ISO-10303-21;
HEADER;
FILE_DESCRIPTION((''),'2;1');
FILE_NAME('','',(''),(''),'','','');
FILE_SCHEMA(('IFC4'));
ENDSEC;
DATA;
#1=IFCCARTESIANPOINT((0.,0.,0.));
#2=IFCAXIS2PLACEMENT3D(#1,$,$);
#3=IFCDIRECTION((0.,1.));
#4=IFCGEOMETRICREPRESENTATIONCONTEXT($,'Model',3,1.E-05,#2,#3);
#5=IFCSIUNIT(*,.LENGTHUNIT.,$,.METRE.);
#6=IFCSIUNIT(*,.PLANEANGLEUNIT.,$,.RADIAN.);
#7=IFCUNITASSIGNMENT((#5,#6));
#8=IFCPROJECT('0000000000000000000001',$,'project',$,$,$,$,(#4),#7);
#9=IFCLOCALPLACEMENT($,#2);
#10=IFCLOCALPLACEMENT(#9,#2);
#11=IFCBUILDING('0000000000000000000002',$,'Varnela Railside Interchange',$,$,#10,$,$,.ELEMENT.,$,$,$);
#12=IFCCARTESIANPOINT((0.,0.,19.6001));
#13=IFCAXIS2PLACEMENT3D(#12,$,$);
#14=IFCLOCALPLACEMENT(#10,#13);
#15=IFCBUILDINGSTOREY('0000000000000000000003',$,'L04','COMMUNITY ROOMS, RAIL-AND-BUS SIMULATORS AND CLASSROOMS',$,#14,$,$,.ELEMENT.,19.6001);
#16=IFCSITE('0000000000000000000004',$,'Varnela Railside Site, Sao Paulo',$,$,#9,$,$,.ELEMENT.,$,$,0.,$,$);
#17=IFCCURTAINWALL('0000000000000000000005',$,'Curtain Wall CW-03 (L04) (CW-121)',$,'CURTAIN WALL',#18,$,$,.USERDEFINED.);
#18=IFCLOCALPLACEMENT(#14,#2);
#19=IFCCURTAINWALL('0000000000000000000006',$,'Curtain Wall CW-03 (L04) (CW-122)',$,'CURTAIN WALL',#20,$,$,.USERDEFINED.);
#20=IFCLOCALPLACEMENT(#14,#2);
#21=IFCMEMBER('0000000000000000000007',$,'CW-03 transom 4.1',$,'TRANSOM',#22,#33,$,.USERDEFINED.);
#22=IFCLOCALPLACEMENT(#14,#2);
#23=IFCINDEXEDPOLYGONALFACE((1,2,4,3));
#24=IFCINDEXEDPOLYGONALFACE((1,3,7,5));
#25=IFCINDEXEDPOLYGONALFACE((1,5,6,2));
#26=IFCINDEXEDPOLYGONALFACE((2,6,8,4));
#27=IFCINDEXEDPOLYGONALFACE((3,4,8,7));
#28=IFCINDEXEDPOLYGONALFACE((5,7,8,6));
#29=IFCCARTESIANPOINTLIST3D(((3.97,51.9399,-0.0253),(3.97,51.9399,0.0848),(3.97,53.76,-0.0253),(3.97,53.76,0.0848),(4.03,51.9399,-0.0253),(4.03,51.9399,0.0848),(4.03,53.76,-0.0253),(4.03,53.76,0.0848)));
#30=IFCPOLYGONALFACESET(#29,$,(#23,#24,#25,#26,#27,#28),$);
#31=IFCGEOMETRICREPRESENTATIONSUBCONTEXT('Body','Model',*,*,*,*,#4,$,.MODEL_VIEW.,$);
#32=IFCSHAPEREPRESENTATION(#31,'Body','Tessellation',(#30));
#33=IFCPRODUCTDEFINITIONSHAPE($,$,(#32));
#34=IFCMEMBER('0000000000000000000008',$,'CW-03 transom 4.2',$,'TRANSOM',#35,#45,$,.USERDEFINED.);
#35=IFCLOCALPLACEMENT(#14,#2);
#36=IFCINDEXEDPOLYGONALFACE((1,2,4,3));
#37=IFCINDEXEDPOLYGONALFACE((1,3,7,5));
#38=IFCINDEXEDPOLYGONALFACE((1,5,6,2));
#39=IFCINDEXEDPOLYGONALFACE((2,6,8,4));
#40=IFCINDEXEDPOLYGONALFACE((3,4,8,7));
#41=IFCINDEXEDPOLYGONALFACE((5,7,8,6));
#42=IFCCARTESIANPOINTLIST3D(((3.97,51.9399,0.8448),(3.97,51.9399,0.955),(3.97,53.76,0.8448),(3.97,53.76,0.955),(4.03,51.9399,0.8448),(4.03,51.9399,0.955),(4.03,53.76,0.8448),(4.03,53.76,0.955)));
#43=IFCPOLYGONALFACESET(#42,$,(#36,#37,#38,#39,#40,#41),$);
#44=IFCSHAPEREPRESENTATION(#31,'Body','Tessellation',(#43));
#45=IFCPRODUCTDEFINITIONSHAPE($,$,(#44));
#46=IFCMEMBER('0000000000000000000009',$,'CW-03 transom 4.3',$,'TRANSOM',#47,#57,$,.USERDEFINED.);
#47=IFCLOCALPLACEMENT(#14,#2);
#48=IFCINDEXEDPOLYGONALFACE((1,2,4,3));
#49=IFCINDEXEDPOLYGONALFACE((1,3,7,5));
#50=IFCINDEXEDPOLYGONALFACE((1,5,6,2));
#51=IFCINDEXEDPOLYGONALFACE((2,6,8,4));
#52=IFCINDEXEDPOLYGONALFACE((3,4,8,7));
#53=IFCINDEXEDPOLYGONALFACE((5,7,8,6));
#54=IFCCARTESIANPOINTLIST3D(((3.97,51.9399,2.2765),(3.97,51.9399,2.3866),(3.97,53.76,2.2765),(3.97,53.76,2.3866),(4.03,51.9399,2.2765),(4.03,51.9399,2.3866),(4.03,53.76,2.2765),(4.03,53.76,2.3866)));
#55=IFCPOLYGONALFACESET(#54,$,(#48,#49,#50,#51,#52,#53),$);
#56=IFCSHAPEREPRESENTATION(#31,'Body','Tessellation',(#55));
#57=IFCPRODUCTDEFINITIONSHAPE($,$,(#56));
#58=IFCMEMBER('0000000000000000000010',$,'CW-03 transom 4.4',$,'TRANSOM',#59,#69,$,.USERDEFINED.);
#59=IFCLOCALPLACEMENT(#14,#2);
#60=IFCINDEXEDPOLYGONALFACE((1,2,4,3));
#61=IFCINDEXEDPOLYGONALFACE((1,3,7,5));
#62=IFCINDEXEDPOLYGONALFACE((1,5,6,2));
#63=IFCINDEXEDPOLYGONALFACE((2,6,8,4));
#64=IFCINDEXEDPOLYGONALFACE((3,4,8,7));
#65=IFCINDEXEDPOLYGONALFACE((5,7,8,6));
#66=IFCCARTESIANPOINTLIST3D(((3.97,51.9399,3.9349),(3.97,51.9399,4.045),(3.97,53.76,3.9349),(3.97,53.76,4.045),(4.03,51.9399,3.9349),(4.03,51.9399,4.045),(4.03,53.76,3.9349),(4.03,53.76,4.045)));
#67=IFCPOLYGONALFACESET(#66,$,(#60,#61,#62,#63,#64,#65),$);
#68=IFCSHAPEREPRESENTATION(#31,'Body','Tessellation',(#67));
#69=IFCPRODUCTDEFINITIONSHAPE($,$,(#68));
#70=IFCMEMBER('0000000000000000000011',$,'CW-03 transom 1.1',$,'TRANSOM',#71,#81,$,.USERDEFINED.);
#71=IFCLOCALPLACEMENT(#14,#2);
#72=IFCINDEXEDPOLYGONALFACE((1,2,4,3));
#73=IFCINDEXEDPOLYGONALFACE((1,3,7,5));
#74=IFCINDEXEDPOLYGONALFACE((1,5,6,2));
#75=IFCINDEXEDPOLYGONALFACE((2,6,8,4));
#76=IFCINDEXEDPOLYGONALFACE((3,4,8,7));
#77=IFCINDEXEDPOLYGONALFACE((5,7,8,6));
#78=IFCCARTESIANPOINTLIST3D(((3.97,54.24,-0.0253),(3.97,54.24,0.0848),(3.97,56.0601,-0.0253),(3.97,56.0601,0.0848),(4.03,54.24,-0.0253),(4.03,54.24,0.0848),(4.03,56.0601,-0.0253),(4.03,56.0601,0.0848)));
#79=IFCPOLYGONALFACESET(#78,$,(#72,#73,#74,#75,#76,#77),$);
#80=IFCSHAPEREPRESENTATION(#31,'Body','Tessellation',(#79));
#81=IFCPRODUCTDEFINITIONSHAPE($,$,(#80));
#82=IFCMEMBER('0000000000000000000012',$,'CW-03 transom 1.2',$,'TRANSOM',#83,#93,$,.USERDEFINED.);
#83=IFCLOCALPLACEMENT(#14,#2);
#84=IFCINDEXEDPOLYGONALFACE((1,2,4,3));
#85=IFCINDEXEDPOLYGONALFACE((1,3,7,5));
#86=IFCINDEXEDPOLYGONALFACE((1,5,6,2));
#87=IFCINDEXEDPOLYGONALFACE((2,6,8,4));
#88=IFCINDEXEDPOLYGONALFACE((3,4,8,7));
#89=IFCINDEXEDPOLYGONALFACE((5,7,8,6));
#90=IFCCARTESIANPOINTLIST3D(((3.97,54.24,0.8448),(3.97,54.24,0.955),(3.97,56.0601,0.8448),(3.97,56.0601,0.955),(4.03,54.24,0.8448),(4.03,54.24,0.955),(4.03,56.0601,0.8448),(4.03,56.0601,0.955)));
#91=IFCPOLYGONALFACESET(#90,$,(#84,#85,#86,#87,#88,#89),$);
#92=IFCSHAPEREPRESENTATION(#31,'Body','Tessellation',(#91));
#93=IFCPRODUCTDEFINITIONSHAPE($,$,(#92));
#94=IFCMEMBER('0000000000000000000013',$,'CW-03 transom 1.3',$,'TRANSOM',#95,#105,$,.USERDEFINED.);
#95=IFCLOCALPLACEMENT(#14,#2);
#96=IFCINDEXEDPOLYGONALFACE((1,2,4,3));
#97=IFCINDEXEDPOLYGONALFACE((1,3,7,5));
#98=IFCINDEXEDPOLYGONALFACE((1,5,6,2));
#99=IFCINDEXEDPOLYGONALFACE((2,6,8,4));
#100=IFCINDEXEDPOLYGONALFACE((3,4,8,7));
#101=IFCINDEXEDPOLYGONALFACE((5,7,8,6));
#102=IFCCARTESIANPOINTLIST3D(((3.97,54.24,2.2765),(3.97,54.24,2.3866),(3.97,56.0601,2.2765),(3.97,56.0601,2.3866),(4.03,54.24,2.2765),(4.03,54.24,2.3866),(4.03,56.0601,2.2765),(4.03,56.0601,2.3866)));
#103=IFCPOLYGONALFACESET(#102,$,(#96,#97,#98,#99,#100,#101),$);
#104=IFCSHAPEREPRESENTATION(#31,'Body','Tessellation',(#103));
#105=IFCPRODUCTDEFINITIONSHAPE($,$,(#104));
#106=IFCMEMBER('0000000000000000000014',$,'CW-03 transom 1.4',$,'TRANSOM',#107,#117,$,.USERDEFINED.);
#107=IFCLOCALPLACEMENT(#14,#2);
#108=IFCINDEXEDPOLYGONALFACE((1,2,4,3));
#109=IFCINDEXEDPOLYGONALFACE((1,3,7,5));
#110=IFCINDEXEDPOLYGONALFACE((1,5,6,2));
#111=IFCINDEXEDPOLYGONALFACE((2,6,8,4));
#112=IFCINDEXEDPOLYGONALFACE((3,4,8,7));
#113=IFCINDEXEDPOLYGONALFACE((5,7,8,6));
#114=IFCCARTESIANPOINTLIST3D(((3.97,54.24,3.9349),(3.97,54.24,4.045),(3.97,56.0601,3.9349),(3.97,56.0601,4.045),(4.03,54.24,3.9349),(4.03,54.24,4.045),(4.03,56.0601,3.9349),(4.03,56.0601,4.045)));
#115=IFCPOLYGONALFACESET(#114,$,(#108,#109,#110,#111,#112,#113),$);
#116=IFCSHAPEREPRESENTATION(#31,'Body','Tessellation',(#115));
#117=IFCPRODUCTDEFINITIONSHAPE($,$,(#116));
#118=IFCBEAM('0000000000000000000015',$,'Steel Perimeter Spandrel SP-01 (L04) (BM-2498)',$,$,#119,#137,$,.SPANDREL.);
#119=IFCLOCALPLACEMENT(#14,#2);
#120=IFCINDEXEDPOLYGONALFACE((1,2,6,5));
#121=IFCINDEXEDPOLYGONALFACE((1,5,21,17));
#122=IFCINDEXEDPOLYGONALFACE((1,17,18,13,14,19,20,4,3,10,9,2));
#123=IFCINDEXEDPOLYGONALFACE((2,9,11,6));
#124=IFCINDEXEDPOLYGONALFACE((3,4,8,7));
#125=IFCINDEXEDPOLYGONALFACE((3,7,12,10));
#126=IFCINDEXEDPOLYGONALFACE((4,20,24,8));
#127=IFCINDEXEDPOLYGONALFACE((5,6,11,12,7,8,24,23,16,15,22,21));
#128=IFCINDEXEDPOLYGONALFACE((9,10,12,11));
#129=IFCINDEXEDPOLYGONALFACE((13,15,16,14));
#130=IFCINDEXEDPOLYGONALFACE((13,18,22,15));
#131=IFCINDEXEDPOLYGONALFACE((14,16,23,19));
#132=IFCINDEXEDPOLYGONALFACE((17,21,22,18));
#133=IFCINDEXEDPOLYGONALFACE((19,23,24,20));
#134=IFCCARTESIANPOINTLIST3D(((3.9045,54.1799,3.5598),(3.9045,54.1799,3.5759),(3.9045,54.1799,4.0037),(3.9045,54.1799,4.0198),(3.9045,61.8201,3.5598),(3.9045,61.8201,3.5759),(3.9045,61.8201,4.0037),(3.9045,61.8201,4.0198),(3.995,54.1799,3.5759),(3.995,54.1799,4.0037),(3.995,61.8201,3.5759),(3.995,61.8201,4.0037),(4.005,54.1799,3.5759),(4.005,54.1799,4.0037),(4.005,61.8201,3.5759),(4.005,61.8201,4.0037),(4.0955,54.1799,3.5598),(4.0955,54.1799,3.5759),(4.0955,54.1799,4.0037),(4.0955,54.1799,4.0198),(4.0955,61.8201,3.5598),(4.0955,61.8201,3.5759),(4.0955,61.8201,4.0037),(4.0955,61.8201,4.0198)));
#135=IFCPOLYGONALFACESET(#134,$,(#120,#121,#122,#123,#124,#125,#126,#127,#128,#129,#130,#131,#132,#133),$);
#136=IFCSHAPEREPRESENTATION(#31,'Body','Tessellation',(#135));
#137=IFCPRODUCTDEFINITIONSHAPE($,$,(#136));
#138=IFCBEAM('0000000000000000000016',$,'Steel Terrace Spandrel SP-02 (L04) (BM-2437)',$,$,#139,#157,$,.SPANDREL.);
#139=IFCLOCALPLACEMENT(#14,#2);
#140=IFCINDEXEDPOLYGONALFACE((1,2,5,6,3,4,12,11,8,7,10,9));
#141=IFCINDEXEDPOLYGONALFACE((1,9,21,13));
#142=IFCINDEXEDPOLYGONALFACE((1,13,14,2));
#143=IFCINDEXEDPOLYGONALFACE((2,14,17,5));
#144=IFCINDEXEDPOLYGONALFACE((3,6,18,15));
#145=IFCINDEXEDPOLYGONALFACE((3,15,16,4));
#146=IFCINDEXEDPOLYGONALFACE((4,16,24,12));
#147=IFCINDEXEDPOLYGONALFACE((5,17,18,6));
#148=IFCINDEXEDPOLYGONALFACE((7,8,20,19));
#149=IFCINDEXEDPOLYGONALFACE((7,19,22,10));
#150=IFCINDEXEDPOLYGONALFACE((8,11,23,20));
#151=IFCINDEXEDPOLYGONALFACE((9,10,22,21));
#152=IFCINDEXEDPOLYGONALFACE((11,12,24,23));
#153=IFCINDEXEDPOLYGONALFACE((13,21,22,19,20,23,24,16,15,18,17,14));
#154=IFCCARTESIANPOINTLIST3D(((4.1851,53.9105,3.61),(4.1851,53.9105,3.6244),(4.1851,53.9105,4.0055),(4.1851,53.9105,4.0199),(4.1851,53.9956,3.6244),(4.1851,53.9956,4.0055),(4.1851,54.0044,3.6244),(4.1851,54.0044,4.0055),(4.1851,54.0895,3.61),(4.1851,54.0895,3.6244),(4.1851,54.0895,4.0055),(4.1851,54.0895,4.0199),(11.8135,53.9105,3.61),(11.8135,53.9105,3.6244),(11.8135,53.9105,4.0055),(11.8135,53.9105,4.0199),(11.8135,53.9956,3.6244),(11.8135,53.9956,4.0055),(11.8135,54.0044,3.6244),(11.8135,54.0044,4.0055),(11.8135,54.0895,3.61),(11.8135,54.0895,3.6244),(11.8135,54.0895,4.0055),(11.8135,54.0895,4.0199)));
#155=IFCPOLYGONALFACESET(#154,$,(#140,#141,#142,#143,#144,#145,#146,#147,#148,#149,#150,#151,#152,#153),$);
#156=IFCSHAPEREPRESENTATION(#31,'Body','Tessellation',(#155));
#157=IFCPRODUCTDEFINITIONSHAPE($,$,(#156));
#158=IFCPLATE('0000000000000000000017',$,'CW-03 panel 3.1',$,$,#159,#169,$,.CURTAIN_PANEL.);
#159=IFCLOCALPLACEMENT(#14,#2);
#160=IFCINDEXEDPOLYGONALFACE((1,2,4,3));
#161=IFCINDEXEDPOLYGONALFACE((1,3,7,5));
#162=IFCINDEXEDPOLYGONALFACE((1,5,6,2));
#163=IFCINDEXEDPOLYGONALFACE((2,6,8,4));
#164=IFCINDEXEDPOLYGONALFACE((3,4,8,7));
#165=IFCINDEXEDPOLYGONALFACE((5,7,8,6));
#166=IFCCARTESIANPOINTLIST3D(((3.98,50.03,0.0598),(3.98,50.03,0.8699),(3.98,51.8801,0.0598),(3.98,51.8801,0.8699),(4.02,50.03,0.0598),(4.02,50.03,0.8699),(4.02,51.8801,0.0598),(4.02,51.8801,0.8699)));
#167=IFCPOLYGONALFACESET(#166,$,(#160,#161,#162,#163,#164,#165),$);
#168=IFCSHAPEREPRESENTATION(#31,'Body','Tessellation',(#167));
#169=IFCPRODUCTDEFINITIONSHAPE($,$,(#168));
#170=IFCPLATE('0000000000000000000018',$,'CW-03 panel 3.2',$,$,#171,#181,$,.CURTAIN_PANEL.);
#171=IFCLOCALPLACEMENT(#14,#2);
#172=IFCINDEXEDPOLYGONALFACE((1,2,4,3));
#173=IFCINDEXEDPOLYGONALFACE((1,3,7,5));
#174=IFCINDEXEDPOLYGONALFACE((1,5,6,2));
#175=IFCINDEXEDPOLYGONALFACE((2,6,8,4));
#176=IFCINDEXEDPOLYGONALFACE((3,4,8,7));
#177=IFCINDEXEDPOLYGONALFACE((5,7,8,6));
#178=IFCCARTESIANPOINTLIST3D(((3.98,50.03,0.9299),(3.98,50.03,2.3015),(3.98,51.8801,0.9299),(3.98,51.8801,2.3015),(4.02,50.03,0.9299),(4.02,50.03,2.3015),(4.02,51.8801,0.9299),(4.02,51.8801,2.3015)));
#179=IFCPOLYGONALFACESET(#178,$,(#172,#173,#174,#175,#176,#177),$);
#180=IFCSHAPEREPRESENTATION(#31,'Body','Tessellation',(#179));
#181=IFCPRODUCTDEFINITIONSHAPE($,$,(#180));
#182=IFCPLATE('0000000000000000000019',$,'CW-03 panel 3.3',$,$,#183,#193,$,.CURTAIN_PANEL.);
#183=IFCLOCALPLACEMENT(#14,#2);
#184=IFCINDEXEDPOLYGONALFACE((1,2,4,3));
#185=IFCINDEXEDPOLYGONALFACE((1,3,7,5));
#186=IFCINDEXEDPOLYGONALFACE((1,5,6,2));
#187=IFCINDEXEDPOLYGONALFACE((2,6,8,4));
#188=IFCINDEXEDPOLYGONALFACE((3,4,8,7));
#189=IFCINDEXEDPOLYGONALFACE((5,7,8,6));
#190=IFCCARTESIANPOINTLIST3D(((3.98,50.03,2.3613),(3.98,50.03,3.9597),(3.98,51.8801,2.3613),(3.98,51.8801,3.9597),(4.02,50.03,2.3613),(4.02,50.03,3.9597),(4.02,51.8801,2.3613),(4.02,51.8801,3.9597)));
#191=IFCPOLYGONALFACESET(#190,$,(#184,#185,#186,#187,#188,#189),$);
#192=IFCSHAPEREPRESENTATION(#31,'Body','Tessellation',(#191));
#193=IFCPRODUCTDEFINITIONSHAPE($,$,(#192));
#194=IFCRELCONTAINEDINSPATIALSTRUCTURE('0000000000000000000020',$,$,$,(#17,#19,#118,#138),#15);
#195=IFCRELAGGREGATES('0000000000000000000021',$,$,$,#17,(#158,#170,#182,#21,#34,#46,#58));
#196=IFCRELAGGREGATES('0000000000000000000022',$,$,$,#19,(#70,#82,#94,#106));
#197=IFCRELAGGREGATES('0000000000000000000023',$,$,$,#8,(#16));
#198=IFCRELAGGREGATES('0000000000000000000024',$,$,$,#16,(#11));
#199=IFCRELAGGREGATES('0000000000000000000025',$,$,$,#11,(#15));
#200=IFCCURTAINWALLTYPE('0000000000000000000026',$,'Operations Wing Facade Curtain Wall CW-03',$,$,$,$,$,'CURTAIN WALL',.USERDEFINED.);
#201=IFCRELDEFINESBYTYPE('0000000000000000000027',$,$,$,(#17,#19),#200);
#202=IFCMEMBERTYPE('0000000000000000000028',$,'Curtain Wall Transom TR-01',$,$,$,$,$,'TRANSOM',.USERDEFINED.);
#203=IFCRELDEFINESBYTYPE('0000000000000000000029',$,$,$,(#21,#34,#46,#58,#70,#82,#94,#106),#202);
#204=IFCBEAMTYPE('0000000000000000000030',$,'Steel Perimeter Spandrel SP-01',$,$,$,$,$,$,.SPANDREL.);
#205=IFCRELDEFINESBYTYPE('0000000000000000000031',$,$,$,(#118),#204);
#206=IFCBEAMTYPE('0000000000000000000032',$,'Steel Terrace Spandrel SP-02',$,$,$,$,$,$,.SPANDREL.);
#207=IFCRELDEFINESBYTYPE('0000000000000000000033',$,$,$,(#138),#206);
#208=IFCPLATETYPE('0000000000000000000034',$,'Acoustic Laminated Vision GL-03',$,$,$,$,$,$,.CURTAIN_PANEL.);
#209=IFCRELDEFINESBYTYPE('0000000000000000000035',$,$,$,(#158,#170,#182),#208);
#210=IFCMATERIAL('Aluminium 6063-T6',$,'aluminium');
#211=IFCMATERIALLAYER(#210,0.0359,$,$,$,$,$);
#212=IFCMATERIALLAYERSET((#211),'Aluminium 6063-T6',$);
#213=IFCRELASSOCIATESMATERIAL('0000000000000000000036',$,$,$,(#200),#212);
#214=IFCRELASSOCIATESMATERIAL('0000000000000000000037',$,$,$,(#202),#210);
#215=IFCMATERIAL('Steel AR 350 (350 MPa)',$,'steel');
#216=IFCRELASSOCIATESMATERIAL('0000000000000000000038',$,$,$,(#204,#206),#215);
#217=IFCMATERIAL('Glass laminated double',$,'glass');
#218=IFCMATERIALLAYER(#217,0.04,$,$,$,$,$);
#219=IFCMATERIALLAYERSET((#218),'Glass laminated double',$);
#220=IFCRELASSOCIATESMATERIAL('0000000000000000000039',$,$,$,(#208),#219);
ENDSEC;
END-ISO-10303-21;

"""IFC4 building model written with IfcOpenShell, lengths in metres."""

from ifc_helpers import new_model, si_unit, direction, frame, origin, origin_2d, place, context, subcontext, project, spatial, rectangle, i_section, extrude, material, layer, layer_set, material_profile, profile_set, type_object, element, aggregate, save


model = new_model("IFC4")

# Units and contexts
model_context = context("Model", 3, precision=1e-05, world=origin(), true_north=direction((0.0, 1.0)))
body_context = subcontext(model_context, "Body", "Model", "MODEL_VIEW")
ifc_project = project(units=[si_unit("LENGTHUNIT", "METRE"), si_unit("PLANEANGLEUNIT", "RADIAN")], contexts=[model_context])

# Site, building, storey
site_placement = place(None, origin())
site = spatial("IfcSite", under=ifc_project, at=site_placement, Name="Varnela Railside Site, Sao Paulo", CompositionType="ELEMENT", RefElevation=0.0)
building_placement = place(site_placement, origin())
building = spatial("IfcBuilding", under=site, at=building_placement, Name="Varnela Railside Interchange", CompositionType="ELEMENT")
storey_placement = place(building_placement, frame((0.0, 0.0, 19.6001)))
storey = spatial("IfcBuildingStorey", under=building, at=storey_placement, Name="L04", Description="COMMUNITY ROOMS, RAIL-AND-BUS SIMULATORS AND CLASSROOMS", CompositionType="ELEMENT", Elevation=19.6001)

# Shared definitions
ifc_material_1 = material(Name="Steel AR 350 (350 MPa)", Category="steel")

# Curtain wall
ifc_material_2 = material(Name="Aluminium 6063-T6", Category="aluminium")
ifc_layer_1 = layer(ifc_material_2, 0.0359)
ifc_layer_set_1 = layer_set([ifc_layer_1], Name="Aluminium 6063-T6")
curtain_wall_type = type_object("IfcCurtainWallType", Name="Operations Wing Facade Curtain Wall CW-03", ElementType="CURTAIN WALL", PredefinedType="USERDEFINED", material=ifc_layer_set_1)
curtain_wall_1_placement = place(storey_placement, origin())
curtain_wall_1 = element("IfcCurtainWall", 1, at=curtain_wall_1_placement, inside=storey, type_object=curtain_wall_type, Name="Curtain Wall CW-03 (L04) (CW-121)", ObjectType="CURTAIN WALL", PredefinedType="USERDEFINED")

# Curtain wall
curtain_wall_2_placement = place(storey_placement, origin())
curtain_wall_2 = element("IfcCurtainWall", 2, at=curtain_wall_2_placement, inside=storey, type_object=curtain_wall_type, Name="Curtain Wall CW-03 (L04) (CW-122)", ObjectType="CURTAIN WALL", PredefinedType="USERDEFINED")

# Members
ifc_material_profile_1 = material_profile(ifc_material_2, rectangle(XDim=0.0601, YDim=0.1101, at=origin_2d()), Name="ALU 60x110")
ifc_profile_set_1 = profile_set([ifc_material_profile_1], Name="Aluminium 6063-T6")
member_type_1 = type_object("IfcMemberType", Name="Curtain Wall Transom TR-01", ElementType="TRANSOM", PredefinedType="USERDEFINED", material=ifc_profile_set_1)
member_1_placement = place(storey_placement, frame((4.0, 51.9399, 0.0298), z_axis=(0.0, 1.0, 0.0), x_axis=(-1.0, 0.0, 0.0)))
member_1 = element("IfcMember", 3, at=member_1_placement, type_object=member_type_1, Name="CW-03 transom 4.1", ObjectType="TRANSOM", PredefinedType="USERDEFINED", context=body_context, shape_type="SweptSolid", body=[
    extrude(rectangle(XDim=0.0601, YDim=0.1101, at=origin_2d()), origin(), (0.0, 0.0, 1.0), 1.8201),
])
member_2_placement = place(storey_placement, frame((4.0, 51.9399, 0.8999), z_axis=(0.0, 1.0, 0.0), x_axis=(-1.0, 0.0, 0.0)))
member_2 = element("IfcMember", 4, at=member_2_placement, type_object=member_type_1, Name="CW-03 transom 4.2", ObjectType="TRANSOM", PredefinedType="USERDEFINED", context=body_context, shape_type="SweptSolid", body=[
    extrude(rectangle(XDim=0.0601, YDim=0.1101, at=origin_2d()), origin(), (0.0, 0.0, 1.0), 1.8201),
])
member_3_placement = place(storey_placement, frame((4.0, 51.9399, 2.3315), z_axis=(0.0, 1.0, 0.0), x_axis=(-1.0, 0.0, 0.0)))
member_3 = element("IfcMember", 5, at=member_3_placement, type_object=member_type_1, Name="CW-03 transom 4.3", ObjectType="TRANSOM", PredefinedType="USERDEFINED", context=body_context, shape_type="SweptSolid", body=[
    extrude(rectangle(XDim=0.0601, YDim=0.1101, at=origin_2d()), origin(), (0.0, 0.0, 1.0), 1.8201),
])
member_4_placement = place(storey_placement, frame((4.0, 51.9399, 3.99), z_axis=(0.0, 1.0, 0.0), x_axis=(-1.0, 0.0, 0.0)))
member_4 = element("IfcMember", 6, at=member_4_placement, type_object=member_type_1, Name="CW-03 transom 4.4", ObjectType="TRANSOM", PredefinedType="USERDEFINED", context=body_context, shape_type="SweptSolid", body=[
    extrude(rectangle(XDim=0.0601, YDim=0.1101, at=origin_2d()), origin(), (0.0, 0.0, 1.0), 1.8201),
])
member_5_placement = place(storey_placement, frame((4.0, 54.24, 0.0298), z_axis=(0.0, 1.0, 0.0), x_axis=(-1.0, 0.0, 0.0)))
member_5 = element("IfcMember", 7, at=member_5_placement, type_object=member_type_1, Name="CW-03 transom 1.1", ObjectType="TRANSOM", PredefinedType="USERDEFINED", context=body_context, shape_type="SweptSolid", body=[
    extrude(rectangle(XDim=0.0601, YDim=0.1101, at=origin_2d()), origin(), (0.0, 0.0, 1.0), 1.8201),
])
member_6_placement = place(storey_placement, frame((4.0, 54.24, 0.8999), z_axis=(0.0, 1.0, 0.0), x_axis=(-1.0, 0.0, 0.0)))
member_6 = element("IfcMember", 8, at=member_6_placement, type_object=member_type_1, Name="CW-03 transom 1.2", ObjectType="TRANSOM", PredefinedType="USERDEFINED", context=body_context, shape_type="SweptSolid", body=[
    extrude(rectangle(XDim=0.0601, YDim=0.1101, at=origin_2d()), origin(), (0.0, 0.0, 1.0), 1.8201),
])
member_7_placement = place(storey_placement, frame((4.0, 54.24, 2.3315), z_axis=(0.0, 1.0, 0.0), x_axis=(-1.0, 0.0, 0.0)))
member_7 = element("IfcMember", 9, at=member_7_placement, type_object=member_type_1, Name="CW-03 transom 1.3", ObjectType="TRANSOM", PredefinedType="USERDEFINED", context=body_context, shape_type="SweptSolid", body=[
    extrude(rectangle(XDim=0.0601, YDim=0.1101, at=origin_2d()), origin(), (0.0, 0.0, 1.0), 1.8201),
])
member_8_placement = place(storey_placement, frame((4.0, 54.24, 3.99), z_axis=(0.0, 1.0, 0.0), x_axis=(-1.0, 0.0, 0.0)))
member_8 = element("IfcMember", 10, at=member_8_placement, type_object=member_type_1, Name="CW-03 transom 1.4", ObjectType="TRANSOM", PredefinedType="USERDEFINED", context=body_context, shape_type="SweptSolid", body=[
    extrude(rectangle(XDim=0.0601, YDim=0.1101, at=origin_2d()), origin(), (0.0, 0.0, 1.0), 1.8201),
])

# Beams
ifc_material_profile_2 = material_profile(ifc_material_1, i_section(OverallWidth=0.1909, OverallDepth=0.46, WebThickness=0.01, FlangeThickness=0.0161, at=origin_2d()), Name="W460x82")
ifc_profile_set_2 = profile_set([ifc_material_profile_2], Name="Steel AR 350 (350 MPa)")
beam_type_1 = type_object("IfcBeamType", Name="Steel Perimeter Spandrel SP-01", PredefinedType="SPANDREL", material=ifc_profile_set_2)
beam_1_placement = place(storey_placement, frame((4.0, 54.1799, 3.7898), z_axis=(0.0, 1.0, 0.0), x_axis=(-1.0, 0.0, 0.0)))
element("IfcBeam", 11, at=beam_1_placement, inside=storey, type_object=beam_type_1, Name="Steel Perimeter Spandrel SP-01 (L04) (BM-2498)", PredefinedType="SPANDREL", context=body_context, shape_type="SweptSolid", body=[
    extrude(i_section(OverallWidth=0.1909, OverallDepth=0.46, WebThickness=0.01, FlangeThickness=0.0161, at=origin_2d()), origin(), (0.0, 0.0, 1.0), 7.6401),
])
ifc_material_profile_3 = material_profile(ifc_material_1, i_section(OverallWidth=0.179, OverallDepth=0.4099, WebThickness=0.0088, FlangeThickness=0.0144, at=origin_2d()), Name="W410x67")
ifc_profile_set_3 = profile_set([ifc_material_profile_3], Name="Steel AR 350 (350 MPa)")
beam_type_2 = type_object("IfcBeamType", Name="Steel Terrace Spandrel SP-02", PredefinedType="SPANDREL", material=ifc_profile_set_3)
beam_2_placement = place(storey_placement, frame((4.1851, 54.0, 3.8149), z_axis=(1.0, 0.0, 0.0), x_axis=(0.0, 1.0, 0.0)))
element("IfcBeam", 12, at=beam_2_placement, inside=storey, type_object=beam_type_2, Name="Steel Terrace Spandrel SP-02 (L04) (BM-2437)", PredefinedType="SPANDREL", context=body_context, shape_type="SweptSolid", body=[
    extrude(i_section(OverallWidth=0.179, OverallDepth=0.4099, WebThickness=0.0088, FlangeThickness=0.0144, at=origin_2d()), origin(), (0.0, 0.0, 1.0), 7.6284),
])

# Plates
ifc_material_3 = material(Name="Glass laminated double", Category="glass")
ifc_layer_2 = layer(ifc_material_3, 0.04)
ifc_layer_set_2 = layer_set([ifc_layer_2], Name="Glass laminated double")
plate_type_1 = type_object("IfcPlateType", Name="Acoustic Laminated Vision GL-03", PredefinedType="CURTAIN_PANEL", material=ifc_layer_set_2)
plate_1_placement = place(storey_placement, frame((4.0, 50.9551, 0.0598), z_axis=(0.0, 0.0, 1.0), x_axis=(0.0, 1.0, 0.0)))
plate_1 = element("IfcPlate", 13, at=plate_1_placement, type_object=plate_type_1, Name="CW-03 panel 3.1", PredefinedType="CURTAIN_PANEL", context=body_context, shape_type="SweptSolid", body=[
    extrude(rectangle(XDim=1.8501, YDim=0.04, at=origin_2d()), origin(), (0.0, 0.0, 1.0), 0.8101),
])
plate_2_placement = place(storey_placement, frame((4.0, 50.9551, 0.9299), z_axis=(0.0, 0.0, 1.0), x_axis=(0.0, 1.0, 0.0)))
plate_2 = element("IfcPlate", 14, at=plate_2_placement, type_object=plate_type_1, Name="CW-03 panel 3.2", PredefinedType="CURTAIN_PANEL", context=body_context, shape_type="SweptSolid", body=[
    extrude(rectangle(XDim=1.8501, YDim=0.04, at=origin_2d()), origin(), (0.0, 0.0, 1.0), 1.3716),
])
plate_3_placement = place(storey_placement, frame((4.0, 50.9551, 2.3613), z_axis=(0.0, 0.0, 1.0), x_axis=(0.0, 1.0, 0.0)))
plate_3 = element("IfcPlate", 15, at=plate_3_placement, type_object=plate_type_1, Name="CW-03 panel 3.3", PredefinedType="CURTAIN_PANEL", context=body_context, shape_type="SweptSolid", body=[
    extrude(rectangle(XDim=1.8501, YDim=0.04, at=origin_2d()), origin(), (0.0, 0.0, 1.0), 1.5984),
])
aggregate(curtain_wall_1, [plate_1, plate_2, plate_3, member_1, member_2, member_3, member_4])
aggregate(curtain_wall_2, [member_5, member_6, member_7, member_8])

save(model, "model.ifc")
